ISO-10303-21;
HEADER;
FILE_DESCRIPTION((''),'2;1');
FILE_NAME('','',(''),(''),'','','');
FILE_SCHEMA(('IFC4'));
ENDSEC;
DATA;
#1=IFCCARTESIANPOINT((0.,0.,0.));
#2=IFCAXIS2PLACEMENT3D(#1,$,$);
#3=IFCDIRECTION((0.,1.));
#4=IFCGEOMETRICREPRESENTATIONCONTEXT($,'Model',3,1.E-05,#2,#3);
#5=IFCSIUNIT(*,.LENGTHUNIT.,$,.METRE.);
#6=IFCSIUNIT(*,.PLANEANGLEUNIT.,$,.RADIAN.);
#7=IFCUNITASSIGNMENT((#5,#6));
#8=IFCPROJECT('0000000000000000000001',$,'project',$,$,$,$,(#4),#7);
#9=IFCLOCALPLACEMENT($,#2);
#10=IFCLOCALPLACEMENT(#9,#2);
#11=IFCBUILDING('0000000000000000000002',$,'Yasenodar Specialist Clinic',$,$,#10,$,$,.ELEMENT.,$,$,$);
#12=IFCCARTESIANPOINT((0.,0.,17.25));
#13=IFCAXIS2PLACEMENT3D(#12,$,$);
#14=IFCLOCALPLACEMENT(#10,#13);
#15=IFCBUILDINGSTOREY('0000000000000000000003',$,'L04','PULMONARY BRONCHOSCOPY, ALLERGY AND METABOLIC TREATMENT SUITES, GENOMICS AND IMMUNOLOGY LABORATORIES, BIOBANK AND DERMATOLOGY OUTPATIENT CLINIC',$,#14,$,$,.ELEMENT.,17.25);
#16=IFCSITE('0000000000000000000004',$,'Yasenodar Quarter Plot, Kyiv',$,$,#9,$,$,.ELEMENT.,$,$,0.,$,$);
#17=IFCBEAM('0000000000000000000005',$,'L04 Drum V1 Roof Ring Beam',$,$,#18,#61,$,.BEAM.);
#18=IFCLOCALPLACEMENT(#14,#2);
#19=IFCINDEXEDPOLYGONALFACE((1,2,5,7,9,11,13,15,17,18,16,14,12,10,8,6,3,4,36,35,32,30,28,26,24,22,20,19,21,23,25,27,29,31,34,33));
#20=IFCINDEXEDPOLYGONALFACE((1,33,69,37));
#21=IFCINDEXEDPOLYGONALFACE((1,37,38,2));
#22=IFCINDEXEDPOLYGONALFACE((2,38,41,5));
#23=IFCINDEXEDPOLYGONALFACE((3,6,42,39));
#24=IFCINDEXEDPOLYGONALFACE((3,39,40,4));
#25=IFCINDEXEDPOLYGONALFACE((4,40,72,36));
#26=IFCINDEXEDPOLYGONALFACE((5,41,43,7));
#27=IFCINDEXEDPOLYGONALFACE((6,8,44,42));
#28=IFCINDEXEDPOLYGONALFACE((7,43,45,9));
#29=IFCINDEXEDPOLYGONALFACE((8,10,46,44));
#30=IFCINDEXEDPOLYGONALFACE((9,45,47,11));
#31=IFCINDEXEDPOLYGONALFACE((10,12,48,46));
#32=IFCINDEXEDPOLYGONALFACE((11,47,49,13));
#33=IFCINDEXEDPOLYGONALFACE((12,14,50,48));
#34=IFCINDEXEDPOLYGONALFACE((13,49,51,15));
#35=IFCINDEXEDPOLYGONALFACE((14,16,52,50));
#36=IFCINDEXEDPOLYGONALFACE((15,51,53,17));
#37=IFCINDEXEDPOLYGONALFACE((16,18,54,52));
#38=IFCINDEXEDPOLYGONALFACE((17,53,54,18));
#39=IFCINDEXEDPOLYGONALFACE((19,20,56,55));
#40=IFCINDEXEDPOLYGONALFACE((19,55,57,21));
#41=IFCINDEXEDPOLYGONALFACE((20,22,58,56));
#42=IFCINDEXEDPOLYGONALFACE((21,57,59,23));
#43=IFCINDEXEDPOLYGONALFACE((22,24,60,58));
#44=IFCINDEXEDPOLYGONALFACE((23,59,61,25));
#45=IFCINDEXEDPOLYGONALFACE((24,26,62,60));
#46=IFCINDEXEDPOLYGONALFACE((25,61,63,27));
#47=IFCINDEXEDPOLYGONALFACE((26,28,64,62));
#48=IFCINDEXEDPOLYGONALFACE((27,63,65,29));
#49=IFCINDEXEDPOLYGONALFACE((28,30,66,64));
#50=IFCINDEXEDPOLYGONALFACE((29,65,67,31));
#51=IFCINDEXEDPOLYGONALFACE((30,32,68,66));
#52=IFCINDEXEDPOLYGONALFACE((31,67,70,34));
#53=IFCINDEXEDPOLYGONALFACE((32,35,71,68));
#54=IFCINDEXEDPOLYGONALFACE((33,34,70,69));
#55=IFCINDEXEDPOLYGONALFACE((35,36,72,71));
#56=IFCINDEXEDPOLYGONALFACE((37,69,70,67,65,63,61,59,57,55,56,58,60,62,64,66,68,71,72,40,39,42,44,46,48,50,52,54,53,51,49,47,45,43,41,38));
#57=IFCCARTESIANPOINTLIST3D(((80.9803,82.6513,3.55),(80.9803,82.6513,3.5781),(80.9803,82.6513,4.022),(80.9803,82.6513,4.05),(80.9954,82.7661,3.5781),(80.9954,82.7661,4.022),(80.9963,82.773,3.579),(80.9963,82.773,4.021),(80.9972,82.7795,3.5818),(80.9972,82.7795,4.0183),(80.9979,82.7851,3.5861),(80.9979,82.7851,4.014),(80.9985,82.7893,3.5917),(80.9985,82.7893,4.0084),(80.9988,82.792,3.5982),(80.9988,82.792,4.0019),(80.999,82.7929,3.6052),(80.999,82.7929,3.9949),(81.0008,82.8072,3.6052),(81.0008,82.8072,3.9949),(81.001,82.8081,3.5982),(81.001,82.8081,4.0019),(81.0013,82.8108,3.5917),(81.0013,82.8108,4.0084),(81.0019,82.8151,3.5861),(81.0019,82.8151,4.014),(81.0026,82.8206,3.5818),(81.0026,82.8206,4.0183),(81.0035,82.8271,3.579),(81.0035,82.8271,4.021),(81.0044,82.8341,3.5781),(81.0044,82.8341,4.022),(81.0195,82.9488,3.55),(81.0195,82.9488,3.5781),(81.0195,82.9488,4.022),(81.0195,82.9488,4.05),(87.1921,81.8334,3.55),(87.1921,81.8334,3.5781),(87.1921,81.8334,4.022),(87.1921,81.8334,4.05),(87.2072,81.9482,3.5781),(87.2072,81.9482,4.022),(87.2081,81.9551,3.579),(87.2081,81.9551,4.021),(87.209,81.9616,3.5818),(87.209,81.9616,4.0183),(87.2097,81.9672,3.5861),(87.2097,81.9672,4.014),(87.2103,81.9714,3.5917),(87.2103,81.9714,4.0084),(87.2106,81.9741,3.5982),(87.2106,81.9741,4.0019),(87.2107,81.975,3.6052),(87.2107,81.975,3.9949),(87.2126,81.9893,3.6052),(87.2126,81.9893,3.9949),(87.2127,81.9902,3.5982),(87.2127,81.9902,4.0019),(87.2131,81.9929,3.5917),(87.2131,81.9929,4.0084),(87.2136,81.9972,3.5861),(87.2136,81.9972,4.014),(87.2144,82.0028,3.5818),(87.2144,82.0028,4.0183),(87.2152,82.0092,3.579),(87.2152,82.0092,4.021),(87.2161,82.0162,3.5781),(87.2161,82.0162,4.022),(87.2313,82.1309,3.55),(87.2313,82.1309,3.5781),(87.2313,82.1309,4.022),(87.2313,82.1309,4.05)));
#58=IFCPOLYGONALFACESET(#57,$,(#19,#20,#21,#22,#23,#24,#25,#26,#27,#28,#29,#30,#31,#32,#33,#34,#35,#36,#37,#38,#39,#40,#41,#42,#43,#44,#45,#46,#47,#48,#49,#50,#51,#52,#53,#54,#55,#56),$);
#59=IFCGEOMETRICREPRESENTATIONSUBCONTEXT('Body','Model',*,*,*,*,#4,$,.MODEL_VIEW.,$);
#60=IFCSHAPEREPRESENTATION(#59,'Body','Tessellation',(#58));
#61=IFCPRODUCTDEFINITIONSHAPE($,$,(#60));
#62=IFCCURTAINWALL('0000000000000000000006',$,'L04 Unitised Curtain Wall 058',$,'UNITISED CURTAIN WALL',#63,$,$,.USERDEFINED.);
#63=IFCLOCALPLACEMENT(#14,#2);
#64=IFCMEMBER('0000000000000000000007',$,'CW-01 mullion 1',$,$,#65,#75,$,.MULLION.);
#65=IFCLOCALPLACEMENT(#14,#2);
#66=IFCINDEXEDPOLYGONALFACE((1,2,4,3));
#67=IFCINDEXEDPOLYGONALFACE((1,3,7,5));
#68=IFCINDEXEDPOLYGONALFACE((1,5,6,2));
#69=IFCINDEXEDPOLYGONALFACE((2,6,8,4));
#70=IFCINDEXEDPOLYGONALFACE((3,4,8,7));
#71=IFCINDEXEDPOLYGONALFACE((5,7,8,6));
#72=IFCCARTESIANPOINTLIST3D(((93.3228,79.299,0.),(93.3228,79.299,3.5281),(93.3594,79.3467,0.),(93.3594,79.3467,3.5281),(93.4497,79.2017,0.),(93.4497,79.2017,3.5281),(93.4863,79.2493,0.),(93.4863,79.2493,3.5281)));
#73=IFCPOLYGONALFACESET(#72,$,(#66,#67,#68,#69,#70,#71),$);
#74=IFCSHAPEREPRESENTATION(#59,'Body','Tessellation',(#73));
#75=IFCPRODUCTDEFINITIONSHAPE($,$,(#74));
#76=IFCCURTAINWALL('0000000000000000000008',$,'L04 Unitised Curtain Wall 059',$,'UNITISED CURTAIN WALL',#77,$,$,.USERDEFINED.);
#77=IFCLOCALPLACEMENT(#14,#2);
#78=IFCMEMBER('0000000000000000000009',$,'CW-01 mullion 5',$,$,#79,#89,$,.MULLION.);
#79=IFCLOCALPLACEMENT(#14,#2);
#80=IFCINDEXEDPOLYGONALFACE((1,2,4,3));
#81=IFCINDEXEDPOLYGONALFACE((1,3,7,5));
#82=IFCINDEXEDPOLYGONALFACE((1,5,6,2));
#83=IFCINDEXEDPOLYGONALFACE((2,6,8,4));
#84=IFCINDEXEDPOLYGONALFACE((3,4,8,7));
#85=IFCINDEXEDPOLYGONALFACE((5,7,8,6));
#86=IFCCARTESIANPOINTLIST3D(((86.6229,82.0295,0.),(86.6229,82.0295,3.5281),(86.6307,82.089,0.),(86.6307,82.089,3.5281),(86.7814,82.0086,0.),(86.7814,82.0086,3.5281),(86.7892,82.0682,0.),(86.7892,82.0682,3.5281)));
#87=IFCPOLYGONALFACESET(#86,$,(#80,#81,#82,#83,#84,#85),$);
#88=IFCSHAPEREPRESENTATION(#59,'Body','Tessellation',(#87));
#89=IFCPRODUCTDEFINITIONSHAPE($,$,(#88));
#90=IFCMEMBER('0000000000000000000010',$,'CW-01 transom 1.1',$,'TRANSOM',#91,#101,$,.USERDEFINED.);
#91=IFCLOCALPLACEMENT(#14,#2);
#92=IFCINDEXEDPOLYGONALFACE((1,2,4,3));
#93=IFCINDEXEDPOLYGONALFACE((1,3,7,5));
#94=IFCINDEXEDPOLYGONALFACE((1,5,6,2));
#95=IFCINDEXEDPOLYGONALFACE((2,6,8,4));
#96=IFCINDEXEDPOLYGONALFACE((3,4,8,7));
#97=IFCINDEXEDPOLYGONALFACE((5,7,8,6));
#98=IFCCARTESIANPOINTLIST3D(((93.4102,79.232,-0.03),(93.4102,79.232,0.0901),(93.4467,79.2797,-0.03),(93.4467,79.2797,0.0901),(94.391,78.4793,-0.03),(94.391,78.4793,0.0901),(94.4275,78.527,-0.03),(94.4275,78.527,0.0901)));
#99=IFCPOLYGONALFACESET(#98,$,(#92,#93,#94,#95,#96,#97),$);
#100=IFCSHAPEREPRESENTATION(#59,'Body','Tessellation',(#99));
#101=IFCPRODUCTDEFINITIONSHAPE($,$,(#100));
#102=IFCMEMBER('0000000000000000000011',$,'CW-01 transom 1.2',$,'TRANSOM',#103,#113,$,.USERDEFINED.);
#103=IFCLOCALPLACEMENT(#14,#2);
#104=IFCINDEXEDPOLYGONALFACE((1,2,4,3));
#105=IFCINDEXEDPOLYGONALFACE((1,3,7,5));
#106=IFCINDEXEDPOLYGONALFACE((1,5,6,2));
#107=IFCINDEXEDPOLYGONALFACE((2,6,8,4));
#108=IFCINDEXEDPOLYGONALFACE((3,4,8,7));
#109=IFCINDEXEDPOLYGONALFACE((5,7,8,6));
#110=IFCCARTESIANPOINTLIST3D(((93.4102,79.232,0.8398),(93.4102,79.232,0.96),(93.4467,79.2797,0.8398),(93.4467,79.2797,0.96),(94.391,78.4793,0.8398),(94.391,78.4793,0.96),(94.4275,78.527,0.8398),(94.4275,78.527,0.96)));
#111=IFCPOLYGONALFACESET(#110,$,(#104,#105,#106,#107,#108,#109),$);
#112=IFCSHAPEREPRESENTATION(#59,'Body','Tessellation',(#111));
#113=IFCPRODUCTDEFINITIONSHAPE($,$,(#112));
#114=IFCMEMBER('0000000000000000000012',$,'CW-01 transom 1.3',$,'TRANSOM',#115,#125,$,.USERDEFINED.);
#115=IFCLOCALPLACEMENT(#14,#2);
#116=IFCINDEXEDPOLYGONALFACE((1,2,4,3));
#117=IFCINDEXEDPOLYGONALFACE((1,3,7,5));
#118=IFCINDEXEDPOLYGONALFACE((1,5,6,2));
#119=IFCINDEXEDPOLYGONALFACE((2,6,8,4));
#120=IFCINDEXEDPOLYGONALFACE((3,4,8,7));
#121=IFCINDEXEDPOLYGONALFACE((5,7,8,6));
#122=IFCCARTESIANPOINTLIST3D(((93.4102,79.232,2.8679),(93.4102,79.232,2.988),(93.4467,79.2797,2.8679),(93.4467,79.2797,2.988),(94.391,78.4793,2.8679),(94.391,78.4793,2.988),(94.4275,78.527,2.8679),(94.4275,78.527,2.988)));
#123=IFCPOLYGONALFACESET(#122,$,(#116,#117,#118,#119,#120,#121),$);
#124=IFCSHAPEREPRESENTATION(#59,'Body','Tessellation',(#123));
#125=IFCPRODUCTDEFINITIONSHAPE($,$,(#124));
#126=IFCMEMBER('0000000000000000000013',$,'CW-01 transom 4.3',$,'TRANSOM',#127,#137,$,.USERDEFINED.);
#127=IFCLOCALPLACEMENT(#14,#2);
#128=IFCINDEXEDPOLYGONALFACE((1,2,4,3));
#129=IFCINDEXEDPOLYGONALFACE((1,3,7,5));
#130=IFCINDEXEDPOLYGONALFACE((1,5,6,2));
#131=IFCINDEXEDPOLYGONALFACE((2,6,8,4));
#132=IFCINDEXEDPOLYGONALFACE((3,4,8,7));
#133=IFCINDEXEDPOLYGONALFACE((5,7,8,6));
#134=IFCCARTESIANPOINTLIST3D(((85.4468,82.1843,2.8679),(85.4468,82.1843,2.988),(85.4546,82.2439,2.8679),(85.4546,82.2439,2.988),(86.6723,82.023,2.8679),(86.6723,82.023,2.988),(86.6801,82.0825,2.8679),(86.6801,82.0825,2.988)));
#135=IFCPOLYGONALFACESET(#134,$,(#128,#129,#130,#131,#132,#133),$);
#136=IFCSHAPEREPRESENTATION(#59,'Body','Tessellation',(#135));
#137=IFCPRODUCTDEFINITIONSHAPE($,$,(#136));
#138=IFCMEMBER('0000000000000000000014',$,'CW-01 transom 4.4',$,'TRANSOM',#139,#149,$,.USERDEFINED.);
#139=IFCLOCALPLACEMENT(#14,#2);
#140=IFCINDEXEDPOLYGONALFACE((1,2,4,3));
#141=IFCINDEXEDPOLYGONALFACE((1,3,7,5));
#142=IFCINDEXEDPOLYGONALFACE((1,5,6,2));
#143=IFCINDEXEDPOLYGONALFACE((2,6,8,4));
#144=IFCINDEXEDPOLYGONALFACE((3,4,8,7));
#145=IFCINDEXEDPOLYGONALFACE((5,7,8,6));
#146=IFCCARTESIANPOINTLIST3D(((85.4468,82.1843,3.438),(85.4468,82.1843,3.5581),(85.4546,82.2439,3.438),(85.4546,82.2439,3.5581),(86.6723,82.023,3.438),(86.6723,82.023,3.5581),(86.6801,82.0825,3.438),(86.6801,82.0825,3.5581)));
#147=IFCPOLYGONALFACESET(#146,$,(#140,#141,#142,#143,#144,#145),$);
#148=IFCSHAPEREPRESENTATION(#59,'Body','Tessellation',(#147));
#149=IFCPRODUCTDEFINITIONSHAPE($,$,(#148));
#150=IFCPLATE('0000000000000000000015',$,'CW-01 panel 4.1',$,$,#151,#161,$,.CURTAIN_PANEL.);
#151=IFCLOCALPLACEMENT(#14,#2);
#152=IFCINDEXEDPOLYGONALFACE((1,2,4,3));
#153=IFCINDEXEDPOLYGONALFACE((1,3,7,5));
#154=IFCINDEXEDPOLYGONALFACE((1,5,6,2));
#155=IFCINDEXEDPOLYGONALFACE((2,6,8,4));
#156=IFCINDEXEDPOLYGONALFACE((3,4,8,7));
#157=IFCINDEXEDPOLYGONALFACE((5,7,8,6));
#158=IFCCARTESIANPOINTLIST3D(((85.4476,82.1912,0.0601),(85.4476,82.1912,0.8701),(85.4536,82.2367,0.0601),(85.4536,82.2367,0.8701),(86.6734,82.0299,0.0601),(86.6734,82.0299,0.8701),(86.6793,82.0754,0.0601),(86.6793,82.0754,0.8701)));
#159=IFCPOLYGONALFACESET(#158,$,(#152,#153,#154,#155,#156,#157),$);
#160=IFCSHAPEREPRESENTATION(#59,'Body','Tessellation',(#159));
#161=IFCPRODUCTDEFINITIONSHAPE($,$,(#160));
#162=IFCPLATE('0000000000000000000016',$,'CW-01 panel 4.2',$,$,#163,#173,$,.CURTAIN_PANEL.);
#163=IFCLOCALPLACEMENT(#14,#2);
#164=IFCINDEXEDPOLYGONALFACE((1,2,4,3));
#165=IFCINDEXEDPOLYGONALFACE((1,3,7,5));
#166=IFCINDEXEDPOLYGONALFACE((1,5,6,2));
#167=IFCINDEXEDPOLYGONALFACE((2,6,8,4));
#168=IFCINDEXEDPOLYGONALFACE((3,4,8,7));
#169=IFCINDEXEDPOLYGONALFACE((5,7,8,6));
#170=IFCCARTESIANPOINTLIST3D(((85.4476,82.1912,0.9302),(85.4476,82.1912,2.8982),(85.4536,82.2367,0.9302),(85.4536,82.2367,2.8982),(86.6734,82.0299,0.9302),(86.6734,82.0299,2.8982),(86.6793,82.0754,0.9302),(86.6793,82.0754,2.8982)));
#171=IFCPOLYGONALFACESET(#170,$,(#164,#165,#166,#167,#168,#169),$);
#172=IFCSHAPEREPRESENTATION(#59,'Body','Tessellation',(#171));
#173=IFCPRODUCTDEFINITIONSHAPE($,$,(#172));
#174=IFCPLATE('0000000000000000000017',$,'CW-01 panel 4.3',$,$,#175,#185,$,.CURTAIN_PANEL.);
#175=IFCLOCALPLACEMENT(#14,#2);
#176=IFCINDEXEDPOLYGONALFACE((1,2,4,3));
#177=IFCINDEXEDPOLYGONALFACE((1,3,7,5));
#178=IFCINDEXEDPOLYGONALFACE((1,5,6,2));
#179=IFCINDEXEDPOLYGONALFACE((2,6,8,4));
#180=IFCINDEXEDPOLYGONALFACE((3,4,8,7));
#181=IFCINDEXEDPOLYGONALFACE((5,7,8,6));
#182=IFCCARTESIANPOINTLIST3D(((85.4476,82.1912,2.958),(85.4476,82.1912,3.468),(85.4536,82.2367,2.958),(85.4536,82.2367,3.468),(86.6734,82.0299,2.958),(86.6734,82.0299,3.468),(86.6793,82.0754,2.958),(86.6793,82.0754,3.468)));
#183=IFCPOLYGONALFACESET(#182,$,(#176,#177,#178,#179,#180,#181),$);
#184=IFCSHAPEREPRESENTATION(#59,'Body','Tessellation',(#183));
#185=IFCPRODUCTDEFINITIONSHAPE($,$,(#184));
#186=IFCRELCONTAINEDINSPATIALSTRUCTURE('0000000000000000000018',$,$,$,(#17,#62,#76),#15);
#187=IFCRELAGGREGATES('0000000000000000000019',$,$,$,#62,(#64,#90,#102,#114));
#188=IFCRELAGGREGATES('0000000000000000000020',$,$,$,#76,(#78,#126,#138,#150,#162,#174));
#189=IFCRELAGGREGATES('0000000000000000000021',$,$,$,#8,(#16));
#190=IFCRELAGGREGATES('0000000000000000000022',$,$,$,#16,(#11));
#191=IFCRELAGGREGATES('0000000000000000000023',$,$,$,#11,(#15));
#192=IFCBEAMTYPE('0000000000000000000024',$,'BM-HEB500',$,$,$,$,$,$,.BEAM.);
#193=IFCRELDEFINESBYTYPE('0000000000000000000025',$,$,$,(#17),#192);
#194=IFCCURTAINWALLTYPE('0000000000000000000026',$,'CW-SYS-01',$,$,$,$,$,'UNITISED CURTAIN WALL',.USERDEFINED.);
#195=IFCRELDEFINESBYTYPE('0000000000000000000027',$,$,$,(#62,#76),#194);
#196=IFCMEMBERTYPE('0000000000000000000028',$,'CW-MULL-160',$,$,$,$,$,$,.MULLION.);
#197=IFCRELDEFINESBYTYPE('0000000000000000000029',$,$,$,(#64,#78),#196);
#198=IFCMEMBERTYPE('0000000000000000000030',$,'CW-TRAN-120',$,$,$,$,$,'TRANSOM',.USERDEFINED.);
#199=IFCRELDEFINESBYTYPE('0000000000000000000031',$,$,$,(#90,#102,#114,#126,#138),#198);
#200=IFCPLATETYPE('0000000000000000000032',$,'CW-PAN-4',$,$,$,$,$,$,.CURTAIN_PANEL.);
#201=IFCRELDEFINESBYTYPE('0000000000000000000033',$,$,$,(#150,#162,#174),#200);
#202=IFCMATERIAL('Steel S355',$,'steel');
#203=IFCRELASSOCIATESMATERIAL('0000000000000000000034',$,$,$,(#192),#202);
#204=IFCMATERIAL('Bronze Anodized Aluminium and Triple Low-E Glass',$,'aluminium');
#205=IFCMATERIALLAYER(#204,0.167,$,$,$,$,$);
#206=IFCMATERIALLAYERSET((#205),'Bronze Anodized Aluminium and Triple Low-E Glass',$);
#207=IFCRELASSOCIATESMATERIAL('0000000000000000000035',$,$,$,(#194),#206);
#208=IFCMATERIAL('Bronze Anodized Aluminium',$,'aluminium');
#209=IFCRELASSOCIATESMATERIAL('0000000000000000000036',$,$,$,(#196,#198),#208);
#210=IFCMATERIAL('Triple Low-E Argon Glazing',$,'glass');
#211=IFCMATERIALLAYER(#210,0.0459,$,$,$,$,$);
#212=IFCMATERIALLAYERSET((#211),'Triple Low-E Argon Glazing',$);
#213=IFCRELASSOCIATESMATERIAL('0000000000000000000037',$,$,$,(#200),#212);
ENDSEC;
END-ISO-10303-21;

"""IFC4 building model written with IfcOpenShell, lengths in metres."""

from ifc_helpers import new_model, si_unit, direction, frame, origin, origin_2d, place, context, subcontext, project, spatial, rectangle, i_section, extrude, material, layer, layer_set, material_profile, profile_set, type_object, element, aggregate, save


model = new_model("IFC4")

# Units and contexts
model_context = context("Model", 3, precision=1e-05, world=origin(), true_north=direction((0.0, 1.0)))
body_context = subcontext(model_context, "Body", "Model", "MODEL_VIEW")
ifc_project = project(units=[si_unit("LENGTHUNIT", "METRE"), si_unit("PLANEANGLEUNIT", "RADIAN")], contexts=[model_context])

# Site, building, storey
site_placement = place(None, origin())
site = spatial("IfcSite", under=ifc_project, at=site_placement, Name="Yasenodar Quarter Plot, Kyiv", CompositionType="ELEMENT", RefElevation=0.0)
building_placement = place(site_placement, origin())
building = spatial("IfcBuilding", under=site, at=building_placement, Name="Yasenodar Specialist Clinic", CompositionType="ELEMENT")
storey_placement = place(building_placement, frame((0.0, 0.0, 17.25)))
storey = spatial("IfcBuildingStorey", under=building, at=storey_placement, Name="L04", Description="PULMONARY BRONCHOSCOPY, ALLERGY AND METABOLIC TREATMENT SUITES, GENOMICS AND IMMUNOLOGY LABORATORIES, BIOBANK AND DERMATOLOGY OUTPATIENT CLINIC", CompositionType="ELEMENT", Elevation=17.25)

# Shared definitions
ifc_material_1 = material(Name="Steel S355", Category="steel")

# Beam
ifc_material_profile_1 = material_profile(ifc_material_1, i_section(OverallWidth=0.3, OverallDepth=0.5, WebThickness=0.0144, FlangeThickness=0.0281, FilletRadius=0.0271, at=origin_2d()), Name="HEB 500")
ifc_profile_set_1 = profile_set([ifc_material_profile_1], Name="Steel S355")
beam_type = type_object("IfcBeamType", Name="BM-HEB500", PredefinedType="BEAM", material=ifc_profile_set_1)
beam_1_placement = place(storey_placement, frame((87.2117, 81.9822, 3.8), z_axis=(-0.991443, 0.13054, 0.0), x_axis=(-0.13054, -0.991443, 0.0)))
element("IfcBeam", 1, at=beam_1_placement, inside=storey, type_object=beam_type, Name="L04 Drum V1 Roof Ring Beam", PredefinedType="BEAM", context=body_context, shape_type="SweptSolid", body=[
    extrude(i_section(OverallWidth=0.3, OverallDepth=0.5, WebThickness=0.0144, FlangeThickness=0.0281, FilletRadius=0.0271, at=origin_2d()), origin(), (0.0, 0.0, 1.0), 6.2654),
])

# Curtain walls, members
ifc_material_2 = material(Name="Bronze Anodized Aluminium and Triple Low-E Glass", Category="aluminium")
ifc_layer_1 = layer(ifc_material_2, 0.167)
ifc_layer_set_1 = layer_set([ifc_layer_1], Name="Bronze Anodized Aluminium and Triple Low-E Glass")
curtain_wall_type = type_object("IfcCurtainWallType", Name="CW-SYS-01", ElementType="UNITISED CURTAIN WALL", PredefinedType="USERDEFINED", material=ifc_layer_set_1)
curtain_wall_1_placement = place(storey_placement, origin())
curtain_wall_1 = element("IfcCurtainWall", 2, at=curtain_wall_1_placement, inside=storey, type_object=curtain_wall_type, Name="L04 Unitised Curtain Wall 058", ObjectType="UNITISED CURTAIN WALL", PredefinedType="USERDEFINED")
ifc_material_3 = material(Name="Bronze Anodized Aluminium", Category="aluminium")
ifc_material_profile_2 = material_profile(ifc_material_3, rectangle(XDim=0.0601, YDim=0.1599, at=origin_2d()), Name="CW-MULL 60x160")
ifc_profile_set_2 = profile_set([ifc_material_profile_2], Name="Bronze Anodized Aluminium")
member_type_1 = type_object("IfcMemberType", Name="CW-MULL-160", PredefinedType="MULLION", material=ifc_profile_set_2)
member_1_placement = place(storey_placement, frame((93.4045, 79.2742, 0.0), z_axis=(0.0, 0.0, 1.0), x_axis=(0.608752, 0.793361, 0.0)))
member_1 = element("IfcMember", 3, at=member_1_placement, type_object=member_type_1, Name="CW-01 mullion 1", PredefinedType="MULLION", context=body_context, shape_type="SweptSolid", body=[
    extrude(rectangle(XDim=0.0601, YDim=0.1599, at=origin_2d()), origin(), (0.0, 0.0, 1.0), 3.5281),
])
curtain_wall_2_placement = place(storey_placement, origin())
curtain_wall_2 = element("IfcCurtainWall", 4, at=curtain_wall_2_placement, inside=storey, type_object=curtain_wall_type, Name="L04 Unitised Curtain Wall 059", ObjectType="UNITISED CURTAIN WALL", PredefinedType="USERDEFINED")
member_2_placement = place(storey_placement, frame((86.7061, 82.0488, 0.0), z_axis=(0.0, 0.0, 1.0), x_axis=(0.130512, 0.991447, 0.0)))
member_2 = element("IfcMember", 5, at=member_2_placement, type_object=member_type_1, Name="CW-01 mullion 5", PredefinedType="MULLION", context=body_context, shape_type="SweptSolid", body=[
    extrude(rectangle(XDim=0.0601, YDim=0.1599, at=origin_2d()), origin(), (0.0, 0.0, 1.0), 3.5281),
])

# Members
ifc_material_profile_3 = material_profile(ifc_material_3, rectangle(XDim=0.0601, YDim=0.1201, at=origin_2d()), Name="CW-TRAN 60x120")
ifc_profile_set_3 = profile_set([ifc_material_profile_3], Name="Bronze Anodized Aluminium")
member_type_2 = type_object("IfcMemberType", Name="CW-TRAN-120", ElementType="TRANSOM", PredefinedType="USERDEFINED", material=ifc_profile_set_3)
member_3_placement = place(storey_placement, frame((93.4285, 79.2559, 0.03), z_axis=(0.793292, -0.608842, 0.0), x_axis=(0.608842, 0.793292, 0.0)))
member_3 = element("IfcMember", 6, at=member_3_placement, type_object=member_type_2, Name="CW-01 transom 1.1", ObjectType="TRANSOM", PredefinedType="USERDEFINED", context=body_context, shape_type="SweptSolid", body=[
    extrude(rectangle(XDim=0.0601, YDim=0.1201, at=origin_2d()), origin(), (0.0, 0.0, 1.0), 1.2363),
])
member_4_placement = place(storey_placement, frame((93.4285, 79.2559, 0.8999), z_axis=(0.793292, -0.608842, 0.0), x_axis=(0.608842, 0.793292, 0.0)))
member_4 = element("IfcMember", 7, at=member_4_placement, type_object=member_type_2, Name="CW-01 transom 1.2", ObjectType="TRANSOM", PredefinedType="USERDEFINED", context=body_context, shape_type="SweptSolid", body=[
    extrude(rectangle(XDim=0.0601, YDim=0.1201, at=origin_2d()), origin(), (0.0, 0.0, 1.0), 1.2363),
])
member_5_placement = place(storey_placement, frame((93.4285, 79.2559, 2.928), z_axis=(0.793292, -0.608842, 0.0), x_axis=(0.608842, 0.793292, 0.0)))
member_5 = element("IfcMember", 8, at=member_5_placement, type_object=member_type_2, Name="CW-01 transom 1.3", ObjectType="TRANSOM", PredefinedType="USERDEFINED", context=body_context, shape_type="SweptSolid", body=[
    extrude(rectangle(XDim=0.0601, YDim=0.1201, at=origin_2d()), origin(), (0.0, 0.0, 1.0), 1.2363),
])
aggregate(curtain_wall_1, [member_1, member_3, member_4, member_5])
member_6_placement = place(storey_placement, frame((85.4507, 82.2141, 2.928), z_axis=(0.991442, -0.130546, 0.0), x_axis=(0.130546, 0.991442, 0.0)))
member_6 = element("IfcMember", 9, at=member_6_placement, type_object=member_type_2, Name="CW-01 transom 4.3", ObjectType="TRANSOM", PredefinedType="USERDEFINED", context=body_context, shape_type="SweptSolid", body=[
    extrude(rectangle(XDim=0.0601, YDim=0.1201, at=origin_2d()), origin(), (0.0, 0.0, 1.0), 1.2361),
])
member_7_placement = place(storey_placement, frame((85.4507, 82.2141, 3.498), z_axis=(0.991442, -0.130546, 0.0), x_axis=(0.130546, 0.991442, 0.0)))
member_7 = element("IfcMember", 10, at=member_7_placement, type_object=member_type_2, Name="CW-01 transom 4.4", ObjectType="TRANSOM", PredefinedType="USERDEFINED", context=body_context, shape_type="SweptSolid", body=[
    extrude(rectangle(XDim=0.0601, YDim=0.1201, at=origin_2d()), origin(), (0.0, 0.0, 1.0), 1.2361),
])

# Plates
ifc_material_4 = material(Name="Triple Low-E Argon Glazing", Category="glass")
ifc_layer_2 = layer(ifc_material_4, 0.0459)
ifc_layer_set_2 = layer_set([ifc_layer_2], Name="Triple Low-E Argon Glazing")
plate_type_1 = type_object("IfcPlateType", Name="CW-PAN-4", PredefinedType="CURTAIN_PANEL", material=ifc_layer_set_2)
plate_1_placement = place(storey_placement, frame((86.0635, 82.1333, 0.0601), z_axis=(0.0, 0.0, 1.0), x_axis=(0.991447, -0.130512, 0.0)))
plate_1 = element("IfcPlate", 11, at=plate_1_placement, type_object=plate_type_1, Name="CW-01 panel 4.1", PredefinedType="CURTAIN_PANEL", context=body_context, shape_type="SweptSolid", body=[
    extrude(rectangle(XDim=1.2363, YDim=0.0459, at=origin_2d()), origin(), (0.0, 0.0, 1.0), 0.8101),
])
plate_2_placement = place(storey_placement, frame((86.0635, 82.1333, 0.9302), z_axis=(0.0, 0.0, 1.0), x_axis=(0.991447, -0.130512, 0.0)))
plate_2 = element("IfcPlate", 12, at=plate_2_placement, type_object=plate_type_1, Name="CW-01 panel 4.2", PredefinedType="CURTAIN_PANEL", context=body_context, shape_type="SweptSolid", body=[
    extrude(rectangle(XDim=1.2363, YDim=0.0459, at=origin_2d()), origin(), (0.0, 0.0, 1.0), 1.968),
])
plate_3_placement = place(storey_placement, frame((86.0635, 82.1333, 2.958), z_axis=(0.0, 0.0, 1.0), x_axis=(0.991447, -0.130512, 0.0)))
plate_3 = element("IfcPlate", 13, at=plate_3_placement, type_object=plate_type_1, Name="CW-01 panel 4.3", PredefinedType="CURTAIN_PANEL", context=body_context, shape_type="SweptSolid", body=[
    extrude(rectangle(XDim=1.2363, YDim=0.0459, at=origin_2d()), origin(), (0.0, 0.0, 1.0), 0.51),
])
aggregate(curtain_wall_2, [member_2, member_6, member_7, plate_1, plate_2, plate_3])

save(model, "model.ifc")
